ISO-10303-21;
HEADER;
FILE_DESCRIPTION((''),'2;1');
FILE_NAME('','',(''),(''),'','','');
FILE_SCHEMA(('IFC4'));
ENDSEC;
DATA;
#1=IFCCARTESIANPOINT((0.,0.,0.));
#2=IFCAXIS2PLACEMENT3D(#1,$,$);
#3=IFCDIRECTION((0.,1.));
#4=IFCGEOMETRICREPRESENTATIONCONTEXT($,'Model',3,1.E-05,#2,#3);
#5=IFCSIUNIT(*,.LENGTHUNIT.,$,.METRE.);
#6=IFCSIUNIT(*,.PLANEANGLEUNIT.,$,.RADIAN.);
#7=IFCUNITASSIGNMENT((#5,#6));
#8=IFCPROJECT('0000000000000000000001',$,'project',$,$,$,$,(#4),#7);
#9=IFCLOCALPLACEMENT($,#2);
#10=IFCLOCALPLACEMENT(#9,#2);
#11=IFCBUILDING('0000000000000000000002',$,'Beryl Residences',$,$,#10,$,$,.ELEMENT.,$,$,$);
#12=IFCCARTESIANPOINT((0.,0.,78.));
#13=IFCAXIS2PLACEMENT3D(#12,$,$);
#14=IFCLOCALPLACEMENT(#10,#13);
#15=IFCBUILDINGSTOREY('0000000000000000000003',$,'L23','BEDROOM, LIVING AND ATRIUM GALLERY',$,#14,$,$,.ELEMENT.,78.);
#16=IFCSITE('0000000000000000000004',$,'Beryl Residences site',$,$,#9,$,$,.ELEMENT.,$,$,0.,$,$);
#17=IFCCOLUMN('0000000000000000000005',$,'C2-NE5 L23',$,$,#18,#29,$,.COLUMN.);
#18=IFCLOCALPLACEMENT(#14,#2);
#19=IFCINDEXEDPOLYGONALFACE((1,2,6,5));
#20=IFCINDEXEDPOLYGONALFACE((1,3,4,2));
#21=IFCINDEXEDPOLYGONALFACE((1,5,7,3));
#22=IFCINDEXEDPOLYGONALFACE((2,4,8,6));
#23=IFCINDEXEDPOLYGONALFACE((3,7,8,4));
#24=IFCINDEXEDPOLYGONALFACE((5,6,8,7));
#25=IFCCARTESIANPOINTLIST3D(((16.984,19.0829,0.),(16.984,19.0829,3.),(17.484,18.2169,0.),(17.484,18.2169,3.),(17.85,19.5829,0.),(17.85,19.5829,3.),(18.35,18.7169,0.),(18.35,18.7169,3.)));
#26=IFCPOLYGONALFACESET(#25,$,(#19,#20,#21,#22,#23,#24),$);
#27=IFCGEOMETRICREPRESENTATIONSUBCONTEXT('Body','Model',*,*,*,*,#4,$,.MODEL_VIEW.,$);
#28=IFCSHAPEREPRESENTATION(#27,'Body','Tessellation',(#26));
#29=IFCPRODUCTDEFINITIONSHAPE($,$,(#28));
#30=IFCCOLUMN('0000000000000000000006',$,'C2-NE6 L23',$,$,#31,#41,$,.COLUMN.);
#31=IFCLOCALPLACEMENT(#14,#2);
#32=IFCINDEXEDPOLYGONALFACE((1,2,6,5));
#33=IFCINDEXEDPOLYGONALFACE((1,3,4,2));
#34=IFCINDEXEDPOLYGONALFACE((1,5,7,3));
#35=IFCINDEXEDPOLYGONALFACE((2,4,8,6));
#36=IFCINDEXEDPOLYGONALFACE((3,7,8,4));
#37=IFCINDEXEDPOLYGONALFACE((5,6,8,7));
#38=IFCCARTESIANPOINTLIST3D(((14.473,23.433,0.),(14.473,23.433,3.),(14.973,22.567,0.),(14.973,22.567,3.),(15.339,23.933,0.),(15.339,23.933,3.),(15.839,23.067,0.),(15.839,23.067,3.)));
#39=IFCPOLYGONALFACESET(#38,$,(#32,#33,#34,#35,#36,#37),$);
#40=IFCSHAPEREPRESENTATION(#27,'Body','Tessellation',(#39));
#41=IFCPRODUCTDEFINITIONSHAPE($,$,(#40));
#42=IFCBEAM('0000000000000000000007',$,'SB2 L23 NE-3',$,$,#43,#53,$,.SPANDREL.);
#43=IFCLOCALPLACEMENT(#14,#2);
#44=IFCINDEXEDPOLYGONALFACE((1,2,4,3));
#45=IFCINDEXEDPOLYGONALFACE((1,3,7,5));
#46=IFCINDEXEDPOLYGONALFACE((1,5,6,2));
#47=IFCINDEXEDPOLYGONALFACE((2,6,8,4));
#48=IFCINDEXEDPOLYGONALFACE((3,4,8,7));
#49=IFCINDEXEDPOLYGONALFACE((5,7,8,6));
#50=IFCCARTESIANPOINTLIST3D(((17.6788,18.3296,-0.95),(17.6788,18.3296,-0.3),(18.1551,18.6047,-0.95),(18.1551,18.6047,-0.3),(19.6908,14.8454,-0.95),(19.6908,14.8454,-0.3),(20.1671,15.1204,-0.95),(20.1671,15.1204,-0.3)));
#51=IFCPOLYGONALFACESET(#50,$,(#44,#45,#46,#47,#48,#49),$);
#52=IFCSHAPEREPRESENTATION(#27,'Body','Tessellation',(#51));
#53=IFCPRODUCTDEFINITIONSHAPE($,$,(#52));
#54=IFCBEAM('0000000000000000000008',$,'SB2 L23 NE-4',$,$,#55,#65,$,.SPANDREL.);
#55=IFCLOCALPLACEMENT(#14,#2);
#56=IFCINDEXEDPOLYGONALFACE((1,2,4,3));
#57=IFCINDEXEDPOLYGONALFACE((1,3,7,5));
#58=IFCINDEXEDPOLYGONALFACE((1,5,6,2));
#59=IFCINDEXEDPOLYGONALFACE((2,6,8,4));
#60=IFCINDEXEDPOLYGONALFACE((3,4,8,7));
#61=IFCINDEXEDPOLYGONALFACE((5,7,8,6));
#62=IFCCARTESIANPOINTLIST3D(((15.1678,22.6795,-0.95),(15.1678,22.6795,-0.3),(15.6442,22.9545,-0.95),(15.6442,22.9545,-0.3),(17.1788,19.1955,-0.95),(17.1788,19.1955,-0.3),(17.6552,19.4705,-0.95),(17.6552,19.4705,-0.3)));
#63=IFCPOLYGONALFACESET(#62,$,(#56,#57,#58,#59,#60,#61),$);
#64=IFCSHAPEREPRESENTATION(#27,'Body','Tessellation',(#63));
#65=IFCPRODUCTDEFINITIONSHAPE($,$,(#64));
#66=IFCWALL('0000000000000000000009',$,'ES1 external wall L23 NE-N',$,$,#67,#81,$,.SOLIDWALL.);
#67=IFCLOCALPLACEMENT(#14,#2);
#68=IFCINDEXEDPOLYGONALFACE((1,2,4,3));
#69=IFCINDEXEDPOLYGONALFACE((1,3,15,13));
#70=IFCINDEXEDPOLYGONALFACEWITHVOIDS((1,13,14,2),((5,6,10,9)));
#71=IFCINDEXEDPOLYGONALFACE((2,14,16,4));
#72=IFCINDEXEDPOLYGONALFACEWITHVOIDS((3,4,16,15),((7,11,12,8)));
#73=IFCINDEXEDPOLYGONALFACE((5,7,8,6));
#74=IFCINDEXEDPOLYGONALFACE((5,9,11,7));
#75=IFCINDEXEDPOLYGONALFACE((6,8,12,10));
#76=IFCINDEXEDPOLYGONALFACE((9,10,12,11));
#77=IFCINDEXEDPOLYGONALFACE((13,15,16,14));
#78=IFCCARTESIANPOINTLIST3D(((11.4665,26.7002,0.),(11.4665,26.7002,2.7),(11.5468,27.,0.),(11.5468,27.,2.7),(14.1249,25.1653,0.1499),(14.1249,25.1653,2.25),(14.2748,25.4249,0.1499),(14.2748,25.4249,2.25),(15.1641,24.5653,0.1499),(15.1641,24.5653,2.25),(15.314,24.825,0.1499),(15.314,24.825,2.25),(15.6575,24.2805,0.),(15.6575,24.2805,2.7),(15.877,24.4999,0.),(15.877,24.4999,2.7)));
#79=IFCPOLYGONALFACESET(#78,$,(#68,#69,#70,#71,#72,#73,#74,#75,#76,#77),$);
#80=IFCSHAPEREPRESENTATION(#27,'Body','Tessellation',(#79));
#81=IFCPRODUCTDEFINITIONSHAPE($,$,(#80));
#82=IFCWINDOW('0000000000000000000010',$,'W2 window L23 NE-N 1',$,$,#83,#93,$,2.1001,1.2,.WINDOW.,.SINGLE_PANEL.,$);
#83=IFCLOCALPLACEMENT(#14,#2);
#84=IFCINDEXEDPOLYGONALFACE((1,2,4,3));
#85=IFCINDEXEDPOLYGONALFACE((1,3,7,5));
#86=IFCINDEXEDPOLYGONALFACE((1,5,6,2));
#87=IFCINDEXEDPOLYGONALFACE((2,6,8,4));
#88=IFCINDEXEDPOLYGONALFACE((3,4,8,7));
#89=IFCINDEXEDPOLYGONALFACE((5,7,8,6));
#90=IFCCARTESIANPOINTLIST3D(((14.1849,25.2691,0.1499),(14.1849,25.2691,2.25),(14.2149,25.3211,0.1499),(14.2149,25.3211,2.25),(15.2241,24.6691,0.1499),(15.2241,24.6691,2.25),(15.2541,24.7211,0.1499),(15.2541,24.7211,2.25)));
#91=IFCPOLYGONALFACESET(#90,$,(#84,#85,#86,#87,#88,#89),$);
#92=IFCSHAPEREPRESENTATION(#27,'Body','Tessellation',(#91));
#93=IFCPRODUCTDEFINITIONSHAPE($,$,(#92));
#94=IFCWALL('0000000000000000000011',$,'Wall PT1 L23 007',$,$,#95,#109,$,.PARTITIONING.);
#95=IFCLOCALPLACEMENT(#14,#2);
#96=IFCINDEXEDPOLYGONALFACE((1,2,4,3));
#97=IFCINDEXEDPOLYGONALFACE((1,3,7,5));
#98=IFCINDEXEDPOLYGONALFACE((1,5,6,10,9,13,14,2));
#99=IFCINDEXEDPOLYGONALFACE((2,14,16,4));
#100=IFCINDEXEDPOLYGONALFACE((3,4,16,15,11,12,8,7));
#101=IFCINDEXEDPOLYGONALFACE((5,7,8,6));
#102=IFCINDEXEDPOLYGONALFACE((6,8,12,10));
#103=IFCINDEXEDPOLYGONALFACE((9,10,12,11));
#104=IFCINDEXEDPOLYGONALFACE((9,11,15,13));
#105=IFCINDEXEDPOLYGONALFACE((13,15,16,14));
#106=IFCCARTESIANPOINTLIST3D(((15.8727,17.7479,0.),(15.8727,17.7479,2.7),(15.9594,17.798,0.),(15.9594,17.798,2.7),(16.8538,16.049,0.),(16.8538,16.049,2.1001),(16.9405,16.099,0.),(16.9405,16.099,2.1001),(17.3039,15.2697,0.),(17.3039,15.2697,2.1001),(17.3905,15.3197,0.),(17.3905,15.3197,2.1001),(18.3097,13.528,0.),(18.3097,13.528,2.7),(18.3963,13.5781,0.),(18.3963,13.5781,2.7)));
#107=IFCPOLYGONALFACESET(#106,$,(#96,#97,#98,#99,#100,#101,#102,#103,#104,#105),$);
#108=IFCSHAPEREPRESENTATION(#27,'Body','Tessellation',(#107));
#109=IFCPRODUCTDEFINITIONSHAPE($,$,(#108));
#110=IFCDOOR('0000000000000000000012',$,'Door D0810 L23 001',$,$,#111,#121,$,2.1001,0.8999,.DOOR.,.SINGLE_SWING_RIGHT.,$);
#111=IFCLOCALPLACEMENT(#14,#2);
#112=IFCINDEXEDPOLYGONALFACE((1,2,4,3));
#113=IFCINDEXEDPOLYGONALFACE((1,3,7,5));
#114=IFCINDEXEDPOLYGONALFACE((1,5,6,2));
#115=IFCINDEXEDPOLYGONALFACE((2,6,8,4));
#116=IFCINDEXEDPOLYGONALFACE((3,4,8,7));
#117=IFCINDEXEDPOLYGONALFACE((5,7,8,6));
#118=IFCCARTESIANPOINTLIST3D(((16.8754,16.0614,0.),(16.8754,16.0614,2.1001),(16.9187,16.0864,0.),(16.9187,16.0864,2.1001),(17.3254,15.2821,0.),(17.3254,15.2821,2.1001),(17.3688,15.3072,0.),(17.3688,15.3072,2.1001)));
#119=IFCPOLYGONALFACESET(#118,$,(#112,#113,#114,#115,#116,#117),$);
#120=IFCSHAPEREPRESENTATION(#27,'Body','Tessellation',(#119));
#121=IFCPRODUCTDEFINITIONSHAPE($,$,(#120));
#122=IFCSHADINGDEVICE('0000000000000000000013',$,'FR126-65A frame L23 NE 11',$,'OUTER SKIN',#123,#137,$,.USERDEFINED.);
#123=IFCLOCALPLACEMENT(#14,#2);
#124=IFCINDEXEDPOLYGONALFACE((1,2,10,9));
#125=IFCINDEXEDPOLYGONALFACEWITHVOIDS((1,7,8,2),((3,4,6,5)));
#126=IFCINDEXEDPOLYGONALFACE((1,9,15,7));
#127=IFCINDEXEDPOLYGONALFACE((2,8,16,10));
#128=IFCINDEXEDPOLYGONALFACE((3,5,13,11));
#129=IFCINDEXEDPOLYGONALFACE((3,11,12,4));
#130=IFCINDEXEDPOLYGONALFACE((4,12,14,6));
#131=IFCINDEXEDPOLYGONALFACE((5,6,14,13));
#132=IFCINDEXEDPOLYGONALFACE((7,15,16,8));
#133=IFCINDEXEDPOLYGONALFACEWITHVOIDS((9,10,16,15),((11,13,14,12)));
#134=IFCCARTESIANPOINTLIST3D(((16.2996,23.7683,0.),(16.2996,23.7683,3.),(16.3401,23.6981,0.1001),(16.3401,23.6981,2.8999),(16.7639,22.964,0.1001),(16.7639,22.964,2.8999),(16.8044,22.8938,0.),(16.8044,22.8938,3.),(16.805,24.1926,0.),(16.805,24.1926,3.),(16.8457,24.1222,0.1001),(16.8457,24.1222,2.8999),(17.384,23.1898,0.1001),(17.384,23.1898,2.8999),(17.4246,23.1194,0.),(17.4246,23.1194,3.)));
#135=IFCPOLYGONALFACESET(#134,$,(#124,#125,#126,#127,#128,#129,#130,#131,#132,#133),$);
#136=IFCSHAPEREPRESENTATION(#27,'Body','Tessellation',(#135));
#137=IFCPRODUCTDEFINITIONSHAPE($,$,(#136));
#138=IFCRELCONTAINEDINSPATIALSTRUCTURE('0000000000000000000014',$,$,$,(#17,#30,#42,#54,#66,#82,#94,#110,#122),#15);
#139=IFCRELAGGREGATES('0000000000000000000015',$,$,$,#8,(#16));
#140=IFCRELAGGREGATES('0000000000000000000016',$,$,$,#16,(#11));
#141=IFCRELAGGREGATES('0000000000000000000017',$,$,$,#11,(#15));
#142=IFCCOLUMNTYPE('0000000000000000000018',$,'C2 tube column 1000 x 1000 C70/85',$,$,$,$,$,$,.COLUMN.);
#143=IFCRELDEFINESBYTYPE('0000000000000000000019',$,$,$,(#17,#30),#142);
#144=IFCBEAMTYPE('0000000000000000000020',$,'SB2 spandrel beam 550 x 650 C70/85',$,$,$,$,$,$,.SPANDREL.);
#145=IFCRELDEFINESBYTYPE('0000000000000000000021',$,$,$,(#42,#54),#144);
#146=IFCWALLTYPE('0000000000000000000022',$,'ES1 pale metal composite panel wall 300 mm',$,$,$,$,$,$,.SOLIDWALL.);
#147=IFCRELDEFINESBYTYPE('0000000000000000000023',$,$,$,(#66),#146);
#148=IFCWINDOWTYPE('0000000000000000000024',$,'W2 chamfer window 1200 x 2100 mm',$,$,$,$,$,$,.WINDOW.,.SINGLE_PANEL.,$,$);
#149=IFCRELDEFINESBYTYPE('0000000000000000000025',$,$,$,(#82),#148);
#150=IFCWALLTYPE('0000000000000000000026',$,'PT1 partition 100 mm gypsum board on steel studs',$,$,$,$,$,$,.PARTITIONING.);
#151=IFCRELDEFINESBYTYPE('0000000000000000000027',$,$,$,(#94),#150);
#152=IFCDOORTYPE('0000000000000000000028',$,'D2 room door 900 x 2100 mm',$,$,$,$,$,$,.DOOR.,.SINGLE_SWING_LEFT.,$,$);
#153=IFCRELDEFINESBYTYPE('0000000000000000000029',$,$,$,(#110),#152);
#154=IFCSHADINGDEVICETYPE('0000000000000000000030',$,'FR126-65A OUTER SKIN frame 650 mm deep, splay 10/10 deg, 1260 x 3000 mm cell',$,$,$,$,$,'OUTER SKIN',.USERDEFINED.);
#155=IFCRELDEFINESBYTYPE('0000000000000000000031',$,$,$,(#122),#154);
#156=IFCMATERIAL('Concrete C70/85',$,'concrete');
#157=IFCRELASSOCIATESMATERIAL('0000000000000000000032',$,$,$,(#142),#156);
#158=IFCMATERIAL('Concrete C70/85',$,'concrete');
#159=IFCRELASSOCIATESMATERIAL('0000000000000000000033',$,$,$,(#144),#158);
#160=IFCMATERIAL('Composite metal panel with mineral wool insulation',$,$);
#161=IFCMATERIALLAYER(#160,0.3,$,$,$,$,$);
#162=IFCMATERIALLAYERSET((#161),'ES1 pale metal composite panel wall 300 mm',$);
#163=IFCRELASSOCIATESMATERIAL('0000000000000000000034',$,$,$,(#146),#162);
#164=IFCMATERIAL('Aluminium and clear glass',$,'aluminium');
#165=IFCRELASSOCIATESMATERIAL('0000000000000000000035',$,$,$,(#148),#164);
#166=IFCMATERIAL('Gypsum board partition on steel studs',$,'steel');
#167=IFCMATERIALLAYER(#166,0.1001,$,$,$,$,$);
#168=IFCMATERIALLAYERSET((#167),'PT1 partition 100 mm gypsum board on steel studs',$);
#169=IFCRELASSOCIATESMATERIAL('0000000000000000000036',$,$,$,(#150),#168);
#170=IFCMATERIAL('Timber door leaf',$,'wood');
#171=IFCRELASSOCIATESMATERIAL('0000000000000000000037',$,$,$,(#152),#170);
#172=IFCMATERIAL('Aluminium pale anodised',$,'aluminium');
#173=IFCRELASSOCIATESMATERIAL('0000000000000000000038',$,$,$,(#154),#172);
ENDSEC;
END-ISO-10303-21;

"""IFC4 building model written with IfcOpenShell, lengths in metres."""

from ifc_helpers import new_model, entity, si_unit, direction, frame, frame_2d, origin, origin_2d, place, context, subcontext, project, spatial, polyline, rectangle, outline, extrude, source, transform, mapped, material, layer, layer_set, material_profile, profile_set, type_object, type_shapes, element, fill, save


model = new_model("IFC4")

# Units and contexts
model_context = context("Model", 3, precision=1e-05, world=origin(), true_north=direction((0.0, 1.0)))
body_context = subcontext(model_context, "Body", "Model", "MODEL_VIEW")
ifc_project = project(units=[si_unit("LENGTHUNIT", "METRE"), si_unit("PLANEANGLEUNIT", "RADIAN")], contexts=[model_context])

# Site, building, storey
site_placement = place(None, origin())
site = spatial("IfcSite", under=ifc_project, at=site_placement, Name="Beryl Residences site", CompositionType="ELEMENT", RefElevation=0.0)
building_placement = place(site_placement, origin())
building = spatial("IfcBuilding", under=site, at=building_placement, Name="Beryl Residences", CompositionType="ELEMENT")
storey_placement = place(building_placement, frame((0.0, 0.0, 78.0)))
storey = spatial("IfcBuildingStorey", under=building, at=storey_placement, Name="L23", Description="BEDROOM, LIVING AND ATRIUM GALLERY", CompositionType="ELEMENT", Elevation=78.0)

# Columns
ifc_material_1 = material(Name="Concrete C70/85", Category="concrete")
ifc_material_profile_1 = material_profile(ifc_material_1, rectangle(XDim=1.0, YDim=1.0, at=origin_2d()))
ifc_profile_set_1 = profile_set([ifc_material_profile_1], Name="Concrete C70/85")
column_type = type_object("IfcColumnType", Name="C2 tube column 1000 x 1000 C70/85", PredefinedType="COLUMN", material=ifc_profile_set_1)
for number, where, z_axis, x_axis, name in (
    (1, (17.667, 18.8999, 0.0), (0.0, 0.0, 1.0), (-0.5, 0.866025, 0.0), "C2-NE5 L23"),
    (2, (15.156, 23.25, 0.0), (0.0, 0.0, 1.0), (-0.5, 0.866025, 0.0), "C2-NE6 L23"),
):
    element("IfcColumn", number, at=place(storey_placement, frame(where, z_axis=z_axis, x_axis=x_axis)), inside=storey, type_object=column_type, Name=name, PredefinedType="COLUMN", context=body_context, shape_type="SweptSolid", body=[
        extrude(rectangle(XDim=1.0, YDim=1.0, at=origin_2d()), origin(), (0.0, 0.0, 1.0), 3.0),
    ])

# Beams
ifc_material_2 = material(Name="Concrete C70/85", Category="concrete")
ifc_material_profile_2 = material_profile(ifc_material_2, rectangle(XDim=0.55, YDim=0.6499, at=origin_2d()))
ifc_profile_set_2 = profile_set([ifc_material_profile_2], Name="Concrete C70/85")
beam_type = type_object("IfcBeamType", Name="SB2 spandrel beam 550 x 650 C70/85", PredefinedType="SPANDREL", material=ifc_profile_set_2)
beam_1_placement = place(storey_placement, frame((19.929, 14.9829, -0.625), z_axis=(-0.500074, 0.865982, 0.0), x_axis=(-0.865982, -0.500074, 0.0)))
element("IfcBeam", 3, at=beam_1_placement, inside=storey, type_object=beam_type, Name="SB2 L23 NE-3", PredefinedType="SPANDREL", context=body_context, shape_type="SweptSolid", body=[
    extrude(rectangle(XDim=0.55, YDim=0.6499, at=origin_2d()), origin(), (0.0, 0.0, 1.0), 4.0234),
])
beam_2_placement = place(storey_placement, frame((17.417, 19.333, -0.625), z_axis=(-0.499919, 0.866072, 0.0), x_axis=(-0.866072, -0.499919, 0.0)))
element("IfcBeam", 4, at=beam_2_placement, inside=storey, type_object=beam_type, Name="SB2 L23 NE-4", PredefinedType="SPANDREL", context=body_context, shape_type="SweptSolid", body=[
    extrude(rectangle(XDim=0.55, YDim=0.6499, at=origin_2d()), origin(), (0.0, 0.0, 1.0), 4.0227),
])

# Wall, opening, window
ifc_material_3 = material(Name="Composite metal panel with mineral wool insulation")
ifc_layer_1 = layer(ifc_material_3, 0.3)
ifc_layer_set_1 = layer_set([ifc_layer_1], Name="ES1 pale metal composite panel wall 300 mm")
wall_type_1 = type_object("IfcWallType", Name="ES1 pale metal composite panel wall 300 mm", PredefinedType="SOLIDWALL", material=ifc_layer_set_1)
wall_1_placement = place(storey_placement, frame((15.802, 24.3701, 0.0), z_axis=(0.0, 0.0, 1.0), x_axis=(-0.866023, 0.500004, 0.0)))
wall_1 = element("IfcWall", 5, at=wall_1_placement, inside=storey, type_object=wall_type_1, Name="ES1 external wall L23 NE-N", PredefinedType="SOLIDWALL", context=body_context, shape_type="SweptSolid", body=[
    extrude(outline(polyline([(0.0, -0.1499), (5.0, -0.1499), (4.9197, 0.1499), (0.0803, 0.1499), (0.0, -0.1499)])), origin(), (0.0, 0.0, 1.0), 2.7),
])
opening_1_placement = place(wall_1_placement, frame((0.6499, 0.0, 0.1499)))
opening_1 = element("IfcOpeningElement", 6, at=opening_1_placement, cuts=wall_1, PredefinedType="OPENING", context=body_context, shape_type="SweptSolid", body=[
    extrude(rectangle(XDim=1.2, YDim=2.1001, at=frame_2d((0.6001, 1.05))), frame((0.0, 0.1599, 0.0), z_axis=(0.0, -1.0, 0.0), x_axis=(1.0, 0.0, 0.0)), (0.0, 0.0, 1.0), 0.3201),
])
ifc_material_4 = material(Name="Aluminium and clear glass", Category="aluminium")
window_type = type_object("IfcWindowType", Name="W2 chamfer window 1200 x 2100 mm", PartitioningType="SINGLE_PANEL", PredefinedType="WINDOW", material=ifc_material_4)
window_placement = place(opening_1_placement, origin())
window = element("IfcWindow", 7, at=window_placement, inside=storey, type_object=window_type, Name="W2 window L23 NE-N 1", OverallHeight=2.1001, OverallWidth=1.2, PartitioningType="SINGLE_PANEL", PredefinedType="WINDOW", context=body_context, shape_type="SweptSolid", body=[
    extrude(rectangle(XDim=1.2, YDim=2.1001, at=frame_2d((0.6001, 1.05))), frame((0.0, 0.03, 0.0), z_axis=(0.0, -1.0, 0.0), x_axis=(1.0, 0.0, 0.0)), (0.0, 0.0, 1.0), 0.0601),
])
fill(opening_1, window)

# Wall, opening, door
ifc_material_5 = material(Name="Gypsum board partition on steel studs", Category="steel")
ifc_layer_2 = layer(ifc_material_5, 0.1001)
ifc_layer_set_2 = layer_set([ifc_layer_2], Name="PT1 partition 100 mm gypsum board on steel studs")
wall_type_2 = type_object("IfcWallType", Name="PT1 partition 100 mm gypsum board on steel studs", PredefinedType="PARTITIONING", material=ifc_layer_set_2)
wall_2_placement = place(storey_placement, frame((15.916, 17.7729, 0.0), z_axis=(0.0, 0.0, 1.0), x_axis=(0.500094, -0.865971, 0.0)))
wall_2 = element("IfcWall", 8, at=wall_2_placement, inside=storey, type_object=wall_type_2, Name="Wall PT1 L23 007", PredefinedType="PARTITIONING", context=body_context, shape_type="SweptSolid", body=[
    extrude(rectangle(XDim=4.873, YDim=0.1001, at=frame_2d((2.4365, 0.0))), origin(), (0.0, 0.0, 1.0), 2.7),
])
opening_2_placement = place(wall_2_placement, frame((1.9619, 0.0, 0.0)))
opening_2 = element("IfcOpeningElement", 9, at=opening_2_placement, cuts=wall_2, PredefinedType="OPENING", context=body_context, shape_type="SweptSolid", body=[
    extrude(rectangle(XDim=0.8999, YDim=2.1001, at=frame_2d((0.45, 1.05))), frame((0.0, 0.0601, 0.0), z_axis=(0.0, -1.0, 0.0), x_axis=(1.0, 0.0, 0.0)), (0.0, 0.0, 1.0), 0.1201),
])
ifc_material_6 = material(Name="Timber door leaf", Category="wood")
door_type = type_object("IfcDoorType", Name="D2 room door 900 x 2100 mm", OperationType="SINGLE_SWING_LEFT", PredefinedType="DOOR", material=ifc_material_6)
door_placement = place(opening_2_placement, origin())
door = element("IfcDoor", 10, at=door_placement, inside=storey, type_object=door_type, Name="Door D0810 L23 001", OperationType="SINGLE_SWING_RIGHT", OverallHeight=2.1001, OverallWidth=0.8999, PredefinedType="DOOR", context=body_context, shape_type="SweptSolid", body=[
    extrude(rectangle(XDim=0.8999, YDim=2.1001, at=frame_2d((0.45, 1.05))), frame((0.0, 0.0249, 0.0), z_axis=(0.0, -1.0, 0.0), x_axis=(1.0, 0.0, 0.0)), (0.0, 0.0, 1.0), 0.05),
])
fill(opening_2, door)

# Shading device
ifc_material_7 = material(Name="Aluminium pale anodised", Category="aluminium")
shading_device_type_1 = type_object("IfcShadingDeviceType", Name="FR126-65A OUTER SKIN frame 650 mm deep, splay 10/10 deg, 1260 x 3000 mm cell", ElementType="OUTER SKIN", PredefinedType="USERDEFINED", material=ifc_material_7)
cartesian_point_1 = entity("IfcCartesianPoint", [-0.5049, 0.0])
cartesian_point_2 = entity("IfcCartesianPoint", [-0.4238, 0.1001])
cartesian_point_3 = entity("IfcCartesianPoint", [-0.6196, 0.0])
cartesian_point_4 = entity("IfcCartesianPoint", [-0.5383, 0.1001])
shared_shape_1 = source(origin(), body_context, "Body", "SweptSolid", [
    entity("IfcExtrudedAreaSolidTapered", entity("IfcArbitraryProfileDefWithVoids", "AREA", None, entity("IfcPolyline", [cartesian_point_1, entity("IfcCartesianPoint", [0.5049, 0.0]), entity("IfcCartesianPoint", [0.5049, 3.0]), entity("IfcCartesianPoint", [-0.5049, 3.0]), cartesian_point_1]), [entity("IfcPolyline", [cartesian_point_2, entity("IfcCartesianPoint", [0.4238, 0.1001]), entity("IfcCartesianPoint", [0.4238, 2.8999]), entity("IfcCartesianPoint", [-0.4238, 2.8999]), cartesian_point_2])]), entity("IfcAxis2Placement3D", entity("IfcCartesianPoint", [0.0, 0.0, 0.0]), entity("IfcDirection", [0.0, 1.0, 0.0]), entity("IfcDirection", [-1.0, 0.0, 0.0])), entity("IfcDirection", [0.0, 0.0, 1.0]), 0.6499, entity("IfcArbitraryProfileDefWithVoids", "AREA", None, entity("IfcPolyline", [cartesian_point_3, entity("IfcCartesianPoint", [0.6196, 0.0]), entity("IfcCartesianPoint", [0.6196, 3.0]), entity("IfcCartesianPoint", [-0.6196, 3.0]), cartesian_point_3]), [entity("IfcPolyline", [cartesian_point_4, entity("IfcCartesianPoint", [0.5383, 0.1001]), entity("IfcCartesianPoint", [0.5383, 2.8999]), entity("IfcCartesianPoint", [-0.5383, 2.8999]), cartesian_point_4])])),
])
type_shapes(shading_device_type_1, [shared_shape_1])
shading_device_1_placement = place(storey_placement, frame((16.552, 23.3311, 0.0), z_axis=(0.0, 0.0, 1.0), x_axis=(0.5, -0.866025, 0.0)))
element("IfcShadingDevice", 11, at=shading_device_1_placement, inside=storey, type_object=shading_device_type_1, Name="FR126-65A frame L23 NE 11", ObjectType="OUTER SKIN", PredefinedType="USERDEFINED", context=body_context, shape_type="MappedRepresentation", body=[
    mapped(shared_shape_1, transform((0.0, 0.0, 0.0))),
])

save(model, "model.ifc")
